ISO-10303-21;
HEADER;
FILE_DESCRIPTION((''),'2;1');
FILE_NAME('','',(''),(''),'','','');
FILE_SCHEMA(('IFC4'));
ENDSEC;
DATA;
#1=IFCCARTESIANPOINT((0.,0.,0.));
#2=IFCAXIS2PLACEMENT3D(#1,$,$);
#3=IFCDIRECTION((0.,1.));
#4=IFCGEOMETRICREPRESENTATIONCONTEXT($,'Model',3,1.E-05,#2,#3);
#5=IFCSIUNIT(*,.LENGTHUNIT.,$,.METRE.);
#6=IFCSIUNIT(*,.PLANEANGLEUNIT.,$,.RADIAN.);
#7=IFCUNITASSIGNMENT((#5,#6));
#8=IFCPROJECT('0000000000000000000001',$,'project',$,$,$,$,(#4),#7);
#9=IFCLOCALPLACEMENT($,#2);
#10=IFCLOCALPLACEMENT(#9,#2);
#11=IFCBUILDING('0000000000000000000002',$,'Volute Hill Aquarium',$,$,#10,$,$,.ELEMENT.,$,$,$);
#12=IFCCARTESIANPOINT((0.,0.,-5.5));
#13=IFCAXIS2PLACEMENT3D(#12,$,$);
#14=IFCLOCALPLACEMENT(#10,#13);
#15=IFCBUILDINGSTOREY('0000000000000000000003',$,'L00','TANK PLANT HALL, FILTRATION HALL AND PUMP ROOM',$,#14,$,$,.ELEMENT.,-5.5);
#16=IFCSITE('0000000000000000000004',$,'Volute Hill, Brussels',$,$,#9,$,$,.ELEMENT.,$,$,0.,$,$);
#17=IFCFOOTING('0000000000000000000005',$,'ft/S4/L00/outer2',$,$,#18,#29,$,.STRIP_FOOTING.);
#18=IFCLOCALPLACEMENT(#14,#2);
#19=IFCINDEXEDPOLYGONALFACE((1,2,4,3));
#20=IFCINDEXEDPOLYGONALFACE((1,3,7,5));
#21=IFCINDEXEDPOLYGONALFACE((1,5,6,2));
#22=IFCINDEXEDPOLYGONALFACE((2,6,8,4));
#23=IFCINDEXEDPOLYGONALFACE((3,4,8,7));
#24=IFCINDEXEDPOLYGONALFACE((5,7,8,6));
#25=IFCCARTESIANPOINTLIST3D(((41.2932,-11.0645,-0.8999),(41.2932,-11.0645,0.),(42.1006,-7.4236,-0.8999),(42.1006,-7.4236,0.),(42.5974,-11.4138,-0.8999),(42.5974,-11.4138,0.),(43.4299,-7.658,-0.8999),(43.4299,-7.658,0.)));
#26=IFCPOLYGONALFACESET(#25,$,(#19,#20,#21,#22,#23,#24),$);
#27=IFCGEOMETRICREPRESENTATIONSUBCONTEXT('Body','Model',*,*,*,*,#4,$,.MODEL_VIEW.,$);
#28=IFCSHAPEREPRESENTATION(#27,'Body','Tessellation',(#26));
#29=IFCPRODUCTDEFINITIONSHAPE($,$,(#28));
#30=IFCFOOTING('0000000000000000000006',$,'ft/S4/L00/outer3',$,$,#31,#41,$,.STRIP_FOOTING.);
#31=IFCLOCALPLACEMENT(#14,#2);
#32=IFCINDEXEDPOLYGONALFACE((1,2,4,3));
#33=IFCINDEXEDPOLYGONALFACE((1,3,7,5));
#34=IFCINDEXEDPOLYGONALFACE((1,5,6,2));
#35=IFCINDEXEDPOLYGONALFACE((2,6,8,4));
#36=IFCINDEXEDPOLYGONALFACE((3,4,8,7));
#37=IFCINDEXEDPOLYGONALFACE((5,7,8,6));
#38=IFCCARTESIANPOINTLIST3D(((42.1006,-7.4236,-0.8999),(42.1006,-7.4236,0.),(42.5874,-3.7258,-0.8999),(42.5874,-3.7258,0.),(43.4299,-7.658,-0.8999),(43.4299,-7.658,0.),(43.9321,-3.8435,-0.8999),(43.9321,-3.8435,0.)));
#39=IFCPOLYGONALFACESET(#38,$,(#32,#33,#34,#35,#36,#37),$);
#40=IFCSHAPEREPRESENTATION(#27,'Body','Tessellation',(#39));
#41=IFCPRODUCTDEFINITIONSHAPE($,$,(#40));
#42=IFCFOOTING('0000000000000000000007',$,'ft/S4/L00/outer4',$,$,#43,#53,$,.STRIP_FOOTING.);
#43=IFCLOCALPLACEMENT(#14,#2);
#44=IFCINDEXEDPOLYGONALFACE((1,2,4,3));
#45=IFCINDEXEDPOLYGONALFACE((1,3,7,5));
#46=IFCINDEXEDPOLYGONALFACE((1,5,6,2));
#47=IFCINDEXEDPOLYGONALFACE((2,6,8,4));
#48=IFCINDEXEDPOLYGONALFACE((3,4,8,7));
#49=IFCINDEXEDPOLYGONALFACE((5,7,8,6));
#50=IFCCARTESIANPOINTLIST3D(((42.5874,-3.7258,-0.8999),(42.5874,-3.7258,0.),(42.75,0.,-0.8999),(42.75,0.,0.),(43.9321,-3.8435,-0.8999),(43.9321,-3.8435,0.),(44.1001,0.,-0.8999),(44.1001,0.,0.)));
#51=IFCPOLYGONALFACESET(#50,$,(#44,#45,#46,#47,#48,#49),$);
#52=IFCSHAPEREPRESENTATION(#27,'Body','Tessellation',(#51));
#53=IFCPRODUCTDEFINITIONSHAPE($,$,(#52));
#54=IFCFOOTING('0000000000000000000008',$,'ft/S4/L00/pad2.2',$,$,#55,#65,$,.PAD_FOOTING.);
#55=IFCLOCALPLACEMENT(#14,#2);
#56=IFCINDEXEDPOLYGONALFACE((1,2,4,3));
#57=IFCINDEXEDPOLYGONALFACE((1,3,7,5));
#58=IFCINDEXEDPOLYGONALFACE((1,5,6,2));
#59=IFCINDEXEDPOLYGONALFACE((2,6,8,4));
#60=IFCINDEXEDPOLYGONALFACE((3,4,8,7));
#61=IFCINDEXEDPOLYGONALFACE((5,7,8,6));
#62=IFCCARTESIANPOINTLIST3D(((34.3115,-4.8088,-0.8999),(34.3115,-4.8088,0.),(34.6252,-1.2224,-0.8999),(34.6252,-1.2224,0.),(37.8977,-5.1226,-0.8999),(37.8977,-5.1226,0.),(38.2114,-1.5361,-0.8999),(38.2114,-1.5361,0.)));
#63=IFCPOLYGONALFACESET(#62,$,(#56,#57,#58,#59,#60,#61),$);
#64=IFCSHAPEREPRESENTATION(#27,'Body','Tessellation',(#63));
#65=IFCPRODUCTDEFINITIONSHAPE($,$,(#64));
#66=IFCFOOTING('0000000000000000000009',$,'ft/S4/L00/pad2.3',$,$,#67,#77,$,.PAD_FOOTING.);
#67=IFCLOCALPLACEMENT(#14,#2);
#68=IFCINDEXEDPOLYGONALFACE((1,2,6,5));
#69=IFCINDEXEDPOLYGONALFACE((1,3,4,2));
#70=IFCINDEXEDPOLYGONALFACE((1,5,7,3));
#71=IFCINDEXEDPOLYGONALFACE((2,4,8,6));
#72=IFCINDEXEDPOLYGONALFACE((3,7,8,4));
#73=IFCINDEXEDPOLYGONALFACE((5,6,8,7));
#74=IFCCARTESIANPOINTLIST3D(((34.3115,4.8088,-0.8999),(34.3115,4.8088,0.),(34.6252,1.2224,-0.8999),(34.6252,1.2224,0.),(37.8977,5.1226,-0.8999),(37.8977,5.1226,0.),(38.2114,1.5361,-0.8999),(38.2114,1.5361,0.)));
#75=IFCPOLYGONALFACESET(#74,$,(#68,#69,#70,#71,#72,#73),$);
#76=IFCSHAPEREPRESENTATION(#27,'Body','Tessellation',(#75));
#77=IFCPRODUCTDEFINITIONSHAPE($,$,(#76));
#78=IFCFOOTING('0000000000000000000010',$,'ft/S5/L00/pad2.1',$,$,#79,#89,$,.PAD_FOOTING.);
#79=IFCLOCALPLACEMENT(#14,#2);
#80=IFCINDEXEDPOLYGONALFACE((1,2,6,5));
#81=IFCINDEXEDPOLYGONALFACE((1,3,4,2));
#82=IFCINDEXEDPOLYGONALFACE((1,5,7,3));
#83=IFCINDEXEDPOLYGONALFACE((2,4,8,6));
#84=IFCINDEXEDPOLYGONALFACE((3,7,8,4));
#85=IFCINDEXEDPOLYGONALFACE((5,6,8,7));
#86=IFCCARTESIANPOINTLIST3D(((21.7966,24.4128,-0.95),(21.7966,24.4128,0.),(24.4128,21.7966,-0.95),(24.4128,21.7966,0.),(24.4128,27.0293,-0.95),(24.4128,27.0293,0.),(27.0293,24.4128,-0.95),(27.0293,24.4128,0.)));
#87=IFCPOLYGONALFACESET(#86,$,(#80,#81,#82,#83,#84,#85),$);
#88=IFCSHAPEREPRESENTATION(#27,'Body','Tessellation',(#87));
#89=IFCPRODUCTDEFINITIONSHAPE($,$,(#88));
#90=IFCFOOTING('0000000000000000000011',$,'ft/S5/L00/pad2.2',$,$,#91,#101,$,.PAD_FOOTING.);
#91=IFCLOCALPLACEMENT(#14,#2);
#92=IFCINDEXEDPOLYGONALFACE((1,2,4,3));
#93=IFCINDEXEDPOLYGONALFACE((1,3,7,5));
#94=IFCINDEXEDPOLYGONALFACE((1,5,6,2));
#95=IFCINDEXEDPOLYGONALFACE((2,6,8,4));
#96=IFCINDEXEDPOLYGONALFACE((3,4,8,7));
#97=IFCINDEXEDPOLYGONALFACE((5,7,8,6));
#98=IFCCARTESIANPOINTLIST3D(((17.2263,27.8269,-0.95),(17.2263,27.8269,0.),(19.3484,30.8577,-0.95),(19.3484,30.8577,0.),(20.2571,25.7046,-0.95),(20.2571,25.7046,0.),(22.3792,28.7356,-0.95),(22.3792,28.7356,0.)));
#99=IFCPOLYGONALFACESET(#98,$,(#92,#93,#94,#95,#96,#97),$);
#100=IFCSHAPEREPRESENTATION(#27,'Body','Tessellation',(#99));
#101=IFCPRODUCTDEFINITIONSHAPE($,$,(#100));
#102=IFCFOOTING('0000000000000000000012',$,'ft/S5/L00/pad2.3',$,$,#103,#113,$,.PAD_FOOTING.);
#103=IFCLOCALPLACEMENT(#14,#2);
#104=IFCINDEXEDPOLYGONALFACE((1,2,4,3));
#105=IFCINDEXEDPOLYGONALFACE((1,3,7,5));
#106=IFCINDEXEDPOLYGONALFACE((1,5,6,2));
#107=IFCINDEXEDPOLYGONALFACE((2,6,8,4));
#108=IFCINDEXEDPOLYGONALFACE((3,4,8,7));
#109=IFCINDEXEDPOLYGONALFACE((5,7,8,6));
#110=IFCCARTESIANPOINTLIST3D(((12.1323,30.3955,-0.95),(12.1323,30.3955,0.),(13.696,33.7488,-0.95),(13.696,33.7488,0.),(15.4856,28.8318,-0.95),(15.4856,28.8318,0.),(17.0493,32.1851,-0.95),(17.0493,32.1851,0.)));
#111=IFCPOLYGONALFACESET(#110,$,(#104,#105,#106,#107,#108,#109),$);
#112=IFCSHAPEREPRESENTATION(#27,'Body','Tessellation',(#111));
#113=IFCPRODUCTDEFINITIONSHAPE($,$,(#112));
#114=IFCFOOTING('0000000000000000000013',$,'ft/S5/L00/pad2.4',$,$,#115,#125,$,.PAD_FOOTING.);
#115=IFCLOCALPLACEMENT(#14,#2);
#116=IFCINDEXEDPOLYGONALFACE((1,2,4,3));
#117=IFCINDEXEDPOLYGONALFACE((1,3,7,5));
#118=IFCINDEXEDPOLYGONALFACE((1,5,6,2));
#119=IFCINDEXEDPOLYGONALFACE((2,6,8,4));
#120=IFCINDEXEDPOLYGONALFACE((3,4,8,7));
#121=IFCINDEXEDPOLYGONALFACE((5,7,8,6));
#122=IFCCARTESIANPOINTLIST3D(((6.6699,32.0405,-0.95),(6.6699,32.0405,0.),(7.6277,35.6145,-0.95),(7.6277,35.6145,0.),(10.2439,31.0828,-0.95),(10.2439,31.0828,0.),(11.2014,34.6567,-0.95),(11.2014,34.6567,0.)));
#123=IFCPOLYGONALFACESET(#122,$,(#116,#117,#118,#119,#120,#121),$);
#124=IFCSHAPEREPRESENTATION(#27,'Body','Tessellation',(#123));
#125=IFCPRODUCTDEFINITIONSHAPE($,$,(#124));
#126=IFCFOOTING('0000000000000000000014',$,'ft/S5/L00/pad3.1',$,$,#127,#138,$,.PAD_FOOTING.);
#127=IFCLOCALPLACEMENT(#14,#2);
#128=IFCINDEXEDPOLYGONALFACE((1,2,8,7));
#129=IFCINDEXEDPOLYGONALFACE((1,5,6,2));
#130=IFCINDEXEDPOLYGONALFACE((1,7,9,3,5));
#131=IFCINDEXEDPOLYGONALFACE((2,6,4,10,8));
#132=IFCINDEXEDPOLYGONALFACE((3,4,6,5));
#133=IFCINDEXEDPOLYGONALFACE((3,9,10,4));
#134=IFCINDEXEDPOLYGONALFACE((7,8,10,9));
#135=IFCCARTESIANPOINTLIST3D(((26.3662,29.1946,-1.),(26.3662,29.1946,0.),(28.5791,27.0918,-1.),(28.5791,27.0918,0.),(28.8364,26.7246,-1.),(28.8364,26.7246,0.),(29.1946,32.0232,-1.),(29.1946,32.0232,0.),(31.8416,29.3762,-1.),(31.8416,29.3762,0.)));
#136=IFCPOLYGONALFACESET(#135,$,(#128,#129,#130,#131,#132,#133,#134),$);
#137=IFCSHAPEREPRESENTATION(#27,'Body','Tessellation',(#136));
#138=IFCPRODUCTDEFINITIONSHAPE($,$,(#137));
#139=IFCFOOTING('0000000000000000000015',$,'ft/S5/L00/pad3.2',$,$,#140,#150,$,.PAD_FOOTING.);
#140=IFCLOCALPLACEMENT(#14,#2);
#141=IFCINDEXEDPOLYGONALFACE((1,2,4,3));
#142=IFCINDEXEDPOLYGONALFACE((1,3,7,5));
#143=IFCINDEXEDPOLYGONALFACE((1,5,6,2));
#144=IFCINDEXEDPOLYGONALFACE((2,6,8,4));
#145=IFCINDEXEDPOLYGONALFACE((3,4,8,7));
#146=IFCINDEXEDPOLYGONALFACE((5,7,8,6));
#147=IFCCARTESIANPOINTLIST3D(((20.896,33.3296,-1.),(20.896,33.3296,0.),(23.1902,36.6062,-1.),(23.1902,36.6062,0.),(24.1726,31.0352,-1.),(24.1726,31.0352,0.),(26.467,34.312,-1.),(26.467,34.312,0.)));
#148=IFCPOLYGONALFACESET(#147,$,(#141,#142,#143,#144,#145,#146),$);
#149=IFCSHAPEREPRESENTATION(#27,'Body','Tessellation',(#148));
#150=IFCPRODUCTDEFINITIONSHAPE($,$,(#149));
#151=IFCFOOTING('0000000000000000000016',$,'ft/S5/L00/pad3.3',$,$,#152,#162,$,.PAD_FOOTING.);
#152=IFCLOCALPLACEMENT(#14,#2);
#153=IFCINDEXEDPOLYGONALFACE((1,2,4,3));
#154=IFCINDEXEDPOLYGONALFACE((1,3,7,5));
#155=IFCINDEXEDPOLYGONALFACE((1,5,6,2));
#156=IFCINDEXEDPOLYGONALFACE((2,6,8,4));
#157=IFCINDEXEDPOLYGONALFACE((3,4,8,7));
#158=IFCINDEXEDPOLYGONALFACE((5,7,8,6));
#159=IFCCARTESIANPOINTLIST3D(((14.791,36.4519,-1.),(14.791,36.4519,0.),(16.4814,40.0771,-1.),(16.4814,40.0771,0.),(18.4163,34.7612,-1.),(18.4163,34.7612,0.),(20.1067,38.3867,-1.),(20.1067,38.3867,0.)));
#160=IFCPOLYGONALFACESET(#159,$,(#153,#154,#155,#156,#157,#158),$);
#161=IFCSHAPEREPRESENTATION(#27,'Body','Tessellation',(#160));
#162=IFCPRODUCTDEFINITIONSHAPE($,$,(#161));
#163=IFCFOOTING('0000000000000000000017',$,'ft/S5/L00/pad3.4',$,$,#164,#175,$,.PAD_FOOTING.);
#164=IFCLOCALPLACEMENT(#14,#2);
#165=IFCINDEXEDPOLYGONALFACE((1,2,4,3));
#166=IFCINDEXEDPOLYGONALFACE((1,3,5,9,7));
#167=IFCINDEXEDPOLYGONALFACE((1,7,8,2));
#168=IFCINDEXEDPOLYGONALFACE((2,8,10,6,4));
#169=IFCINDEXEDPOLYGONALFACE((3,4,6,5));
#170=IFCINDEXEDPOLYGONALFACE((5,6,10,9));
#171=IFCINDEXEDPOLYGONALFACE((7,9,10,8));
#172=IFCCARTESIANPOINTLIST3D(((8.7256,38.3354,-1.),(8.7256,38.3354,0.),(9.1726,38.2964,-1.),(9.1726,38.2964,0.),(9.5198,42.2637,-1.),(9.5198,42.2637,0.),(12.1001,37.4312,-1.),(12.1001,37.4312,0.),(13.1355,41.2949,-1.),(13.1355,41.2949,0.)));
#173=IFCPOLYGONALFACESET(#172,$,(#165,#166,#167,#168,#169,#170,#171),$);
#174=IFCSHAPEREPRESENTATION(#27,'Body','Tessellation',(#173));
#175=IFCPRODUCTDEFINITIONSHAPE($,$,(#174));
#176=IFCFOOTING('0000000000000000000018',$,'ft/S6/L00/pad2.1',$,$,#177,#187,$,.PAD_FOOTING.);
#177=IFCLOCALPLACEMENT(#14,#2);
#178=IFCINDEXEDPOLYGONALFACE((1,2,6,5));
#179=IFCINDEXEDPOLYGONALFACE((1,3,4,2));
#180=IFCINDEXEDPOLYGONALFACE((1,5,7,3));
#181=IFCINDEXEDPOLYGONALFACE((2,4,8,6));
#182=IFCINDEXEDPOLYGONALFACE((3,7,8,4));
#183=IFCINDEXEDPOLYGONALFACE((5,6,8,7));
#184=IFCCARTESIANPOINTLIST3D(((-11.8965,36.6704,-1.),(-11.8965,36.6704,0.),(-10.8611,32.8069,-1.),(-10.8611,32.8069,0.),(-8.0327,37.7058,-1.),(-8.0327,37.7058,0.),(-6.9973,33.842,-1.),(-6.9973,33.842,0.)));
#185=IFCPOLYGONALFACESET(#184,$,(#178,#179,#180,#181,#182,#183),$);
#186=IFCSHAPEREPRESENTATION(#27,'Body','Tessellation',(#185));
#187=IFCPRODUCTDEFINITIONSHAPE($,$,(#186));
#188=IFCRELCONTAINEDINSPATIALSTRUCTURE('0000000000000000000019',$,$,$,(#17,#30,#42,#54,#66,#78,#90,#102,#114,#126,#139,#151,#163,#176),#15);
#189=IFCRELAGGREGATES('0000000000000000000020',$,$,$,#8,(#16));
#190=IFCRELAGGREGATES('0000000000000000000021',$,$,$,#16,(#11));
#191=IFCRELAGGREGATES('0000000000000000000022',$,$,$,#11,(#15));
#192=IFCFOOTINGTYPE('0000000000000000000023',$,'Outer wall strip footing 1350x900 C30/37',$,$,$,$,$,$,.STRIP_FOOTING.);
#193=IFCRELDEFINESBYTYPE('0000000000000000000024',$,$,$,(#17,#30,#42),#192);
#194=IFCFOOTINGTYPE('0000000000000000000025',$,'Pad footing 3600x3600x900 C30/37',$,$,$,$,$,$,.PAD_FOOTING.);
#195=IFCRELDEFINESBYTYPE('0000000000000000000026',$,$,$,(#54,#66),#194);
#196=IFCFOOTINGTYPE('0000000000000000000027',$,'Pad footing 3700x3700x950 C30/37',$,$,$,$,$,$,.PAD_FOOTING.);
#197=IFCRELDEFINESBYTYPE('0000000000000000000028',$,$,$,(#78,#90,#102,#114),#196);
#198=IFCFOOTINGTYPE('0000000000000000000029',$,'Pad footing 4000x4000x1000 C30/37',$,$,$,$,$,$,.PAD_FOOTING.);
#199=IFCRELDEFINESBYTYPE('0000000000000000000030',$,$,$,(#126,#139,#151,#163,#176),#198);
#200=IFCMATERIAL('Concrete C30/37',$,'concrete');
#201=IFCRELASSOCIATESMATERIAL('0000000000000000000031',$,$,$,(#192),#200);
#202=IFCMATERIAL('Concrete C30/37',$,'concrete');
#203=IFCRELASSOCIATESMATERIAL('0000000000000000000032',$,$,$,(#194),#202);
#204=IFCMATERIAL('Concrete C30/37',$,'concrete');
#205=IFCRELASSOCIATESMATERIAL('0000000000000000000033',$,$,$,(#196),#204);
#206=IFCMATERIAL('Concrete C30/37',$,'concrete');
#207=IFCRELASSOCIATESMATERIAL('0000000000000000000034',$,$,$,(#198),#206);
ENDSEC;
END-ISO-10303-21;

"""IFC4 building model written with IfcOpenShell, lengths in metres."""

from ifc_helpers import new_model, si_unit, direction, frame, origin, place, context, subcontext, project, spatial, polyline, outline, extrude, material, type_object, element, save


model = new_model("IFC4")

# Units and contexts
model_context = context("Model", 3, precision=1e-05, world=origin(), true_north=direction((0.0, 1.0)))
body_context = subcontext(model_context, "Body", "Model", "MODEL_VIEW")
ifc_project = project(units=[si_unit("LENGTHUNIT", "METRE"), si_unit("PLANEANGLEUNIT", "RADIAN")], contexts=[model_context])

# Site, building, storey
site_placement = place(None, origin())
site = spatial("IfcSite", under=ifc_project, at=site_placement, Name="Volute Hill, Brussels", CompositionType="ELEMENT", RefElevation=0.0)
building_placement = place(site_placement, origin())
building = spatial("IfcBuilding", under=site, at=building_placement, Name="Volute Hill Aquarium", CompositionType="ELEMENT")
storey_placement = place(building_placement, frame((0.0, 0.0, -5.5)))
storey = spatial("IfcBuildingStorey", under=building, at=storey_placement, Name="L00", Description="TANK PLANT HALL, FILTRATION HALL AND PUMP ROOM", CompositionType="ELEMENT", Elevation=-5.5)

# Footings
ifc_material_1 = material(Name="Concrete C30/37", Category="concrete")
footing_type_1 = type_object("IfcFootingType", Name="Outer wall strip footing 1350x900 C30/37", PredefinedType="STRIP_FOOTING", material=ifc_material_1)
footing_1_placement = place(storey_placement, frame((0.0, 0.0, -0.8999)))
element("IfcFooting", 1, at=footing_1_placement, inside=storey, type_object=footing_type_1, Name="ft/S4/L00/outer2", PredefinedType="STRIP_FOOTING", context=body_context, shape_type="SweptSolid", body=[
    extrude(outline(polyline([(43.4299, -7.658), (42.5974, -11.4138), (41.2932, -11.0645), (42.1006, -7.4236), (43.4299, -7.658)])), origin(), (0.0, 0.0, 1.0), 0.8999),
])
footing_2_placement = place(storey_placement, frame((0.0, 0.0, -0.8999)))
element("IfcFooting", 2, at=footing_2_placement, inside=storey, type_object=footing_type_1, Name="ft/S4/L00/outer3", PredefinedType="STRIP_FOOTING", context=body_context, shape_type="SweptSolid", body=[
    extrude(outline(polyline([(43.9321, -3.8435), (43.4299, -7.658), (42.1006, -7.4236), (42.5874, -3.7258), (43.9321, -3.8435)])), origin(), (0.0, 0.0, 1.0), 0.8999),
])
footing_3_placement = place(storey_placement, frame((0.0, 0.0, -0.8999)))
element("IfcFooting", 3, at=footing_3_placement, inside=storey, type_object=footing_type_1, Name="ft/S4/L00/outer4", PredefinedType="STRIP_FOOTING", context=body_context, shape_type="SweptSolid", body=[
    extrude(outline(polyline([(44.1001, 0.0), (43.9321, -3.8435), (42.5874, -3.7258), (42.75, 0.0), (44.1001, 0.0)])), origin(), (0.0, 0.0, 1.0), 0.8999),
])
ifc_material_2 = material(Name="Concrete C30/37", Category="concrete")
footing_type_2 = type_object("IfcFootingType", Name="Pad footing 3600x3600x900 C30/37", PredefinedType="PAD_FOOTING", material=ifc_material_2)
footing_4_placement = place(storey_placement, frame((0.0, 0.0, -0.8999)))
element("IfcFooting", 4, at=footing_4_placement, inside=storey, type_object=footing_type_2, Name="ft/S4/L00/pad2.2", PredefinedType="PAD_FOOTING", context=body_context, shape_type="SweptSolid", body=[
    extrude(outline(polyline([(34.3115, -4.8088), (37.8977, -5.1226), (38.2114, -1.5361), (34.6252, -1.2224), (34.3115, -4.8088)])), origin(), (0.0, 0.0, 1.0), 0.8999),
])
footing_5_placement = place(storey_placement, frame((0.0, 0.0, -0.8999)))
element("IfcFooting", 5, at=footing_5_placement, inside=storey, type_object=footing_type_2, Name="ft/S4/L00/pad2.3", PredefinedType="PAD_FOOTING", context=body_context, shape_type="SweptSolid", body=[
    extrude(outline(polyline([(34.6252, 1.2224), (38.2114, 1.5361), (37.8977, 5.1226), (34.3115, 4.8088), (34.6252, 1.2224)])), origin(), (0.0, 0.0, 1.0), 0.8999),
])
ifc_material_3 = material(Name="Concrete C30/37", Category="concrete")
footing_type_3 = type_object("IfcFootingType", Name="Pad footing 3700x3700x950 C30/37", PredefinedType="PAD_FOOTING", material=ifc_material_3)
footing_6_placement = place(storey_placement, frame((0.0, 0.0, -0.95)))
element("IfcFooting", 6, at=footing_6_placement, inside=storey, type_object=footing_type_3, Name="ft/S5/L00/pad2.1", PredefinedType="PAD_FOOTING", context=body_context, shape_type="SweptSolid", body=[
    extrude(outline(polyline([(24.4128, 21.7966), (27.0293, 24.4128), (24.4128, 27.0293), (21.7966, 24.4128), (24.4128, 21.7966)])), origin(), (0.0, 0.0, 1.0), 0.95),
])
footing_7_placement = place(storey_placement, frame((0.0, 0.0, -0.95)))
element("IfcFooting", 7, at=footing_7_placement, inside=storey, type_object=footing_type_3, Name="ft/S5/L00/pad2.2", PredefinedType="PAD_FOOTING", context=body_context, shape_type="SweptSolid", body=[
    extrude(outline(polyline([(20.2571, 25.7046), (22.3792, 28.7356), (19.3484, 30.8577), (17.2263, 27.8269), (20.2571, 25.7046)])), origin(), (0.0, 0.0, 1.0), 0.95),
])
footing_8_placement = place(storey_placement, frame((0.0, 0.0, -0.95)))
element("IfcFooting", 8, at=footing_8_placement, inside=storey, type_object=footing_type_3, Name="ft/S5/L00/pad2.3", PredefinedType="PAD_FOOTING", context=body_context, shape_type="SweptSolid", body=[
    extrude(outline(polyline([(15.4856, 28.8318), (17.0493, 32.1851), (13.696, 33.7488), (12.1323, 30.3955), (15.4856, 28.8318)])), origin(), (0.0, 0.0, 1.0), 0.95),
])
footing_9_placement = place(storey_placement, frame((0.0, 0.0, -0.95)))
element("IfcFooting", 9, at=footing_9_placement, inside=storey, type_object=footing_type_3, Name="ft/S5/L00/pad2.4", PredefinedType="PAD_FOOTING", context=body_context, shape_type="SweptSolid", body=[
    extrude(outline(polyline([(10.2439, 31.0828), (11.2014, 34.6567), (7.6277, 35.6145), (6.6699, 32.0405), (10.2439, 31.0828)])), origin(), (0.0, 0.0, 1.0), 0.95),
])
ifc_material_4 = material(Name="Concrete C30/37", Category="concrete")
footing_type_4 = type_object("IfcFootingType", Name="Pad footing 4000x4000x1000 C30/37", PredefinedType="PAD_FOOTING", material=ifc_material_4)
footing_10_placement = place(storey_placement, frame((0.0, 0.0, -1.0)))
element("IfcFooting", 10, at=footing_10_placement, inside=storey, type_object=footing_type_4, Name="ft/S5/L00/pad3.1", PredefinedType="PAD_FOOTING", context=body_context, shape_type="SweptSolid", body=[
    extrude(outline(polyline([(26.3662, 29.1946), (29.1946, 32.0232), (31.8416, 29.3762), (28.5791, 27.0918), (28.8364, 26.7246), (26.3662, 29.1946)])), origin(), (0.0, 0.0, 1.0), 1.0),
])
footing_11_placement = place(storey_placement, frame((0.0, 0.0, -1.0)))
element("IfcFooting", 11, at=footing_11_placement, inside=storey, type_object=footing_type_4, Name="ft/S5/L00/pad3.2", PredefinedType="PAD_FOOTING", context=body_context, shape_type="SweptSolid", body=[
    extrude(outline(polyline([(24.1726, 31.0352), (26.467, 34.312), (23.1902, 36.6062), (20.896, 33.3296), (24.1726, 31.0352)])), origin(), (0.0, 0.0, 1.0), 1.0),
])
footing_12_placement = place(storey_placement, frame((0.0, 0.0, -1.0)))
element("IfcFooting", 12, at=footing_12_placement, inside=storey, type_object=footing_type_4, Name="ft/S5/L00/pad3.3", PredefinedType="PAD_FOOTING", context=body_context, shape_type="SweptSolid", body=[
    extrude(outline(polyline([(18.4163, 34.7612), (20.1067, 38.3867), (16.4814, 40.0771), (14.791, 36.4519), (18.4163, 34.7612)])), origin(), (0.0, 0.0, 1.0), 1.0),
])
footing_13_placement = place(storey_placement, frame((0.0, 0.0, -1.0)))
element("IfcFooting", 13, at=footing_13_placement, inside=storey, type_object=footing_type_4, Name="ft/S5/L00/pad3.4", PredefinedType="PAD_FOOTING", context=body_context, shape_type="SweptSolid", body=[
    extrude(outline(polyline([(13.1355, 41.2949), (12.1001, 37.4312), (8.7256, 38.3354), (9.1726, 38.2964), (9.5198, 42.2637), (13.1355, 41.2949)])), origin(), (0.0, 0.0, 1.0), 1.0),
])
footing_14_placement = place(storey_placement, frame((0.0, 0.0, -1.0)))
element("IfcFooting", 14, at=footing_14_placement, inside=storey, type_object=footing_type_4, Name="ft/S6/L00/pad2.1", PredefinedType="PAD_FOOTING", context=body_context, shape_type="SweptSolid", body=[
    extrude(outline(polyline([(-6.9973, 33.842), (-8.0327, 37.7058), (-11.8965, 36.6704), (-10.8611, 32.8069), (-6.9973, 33.842)])), origin(), (0.0, 0.0, 1.0), 1.0),
])

save(model, "model.ifc")
